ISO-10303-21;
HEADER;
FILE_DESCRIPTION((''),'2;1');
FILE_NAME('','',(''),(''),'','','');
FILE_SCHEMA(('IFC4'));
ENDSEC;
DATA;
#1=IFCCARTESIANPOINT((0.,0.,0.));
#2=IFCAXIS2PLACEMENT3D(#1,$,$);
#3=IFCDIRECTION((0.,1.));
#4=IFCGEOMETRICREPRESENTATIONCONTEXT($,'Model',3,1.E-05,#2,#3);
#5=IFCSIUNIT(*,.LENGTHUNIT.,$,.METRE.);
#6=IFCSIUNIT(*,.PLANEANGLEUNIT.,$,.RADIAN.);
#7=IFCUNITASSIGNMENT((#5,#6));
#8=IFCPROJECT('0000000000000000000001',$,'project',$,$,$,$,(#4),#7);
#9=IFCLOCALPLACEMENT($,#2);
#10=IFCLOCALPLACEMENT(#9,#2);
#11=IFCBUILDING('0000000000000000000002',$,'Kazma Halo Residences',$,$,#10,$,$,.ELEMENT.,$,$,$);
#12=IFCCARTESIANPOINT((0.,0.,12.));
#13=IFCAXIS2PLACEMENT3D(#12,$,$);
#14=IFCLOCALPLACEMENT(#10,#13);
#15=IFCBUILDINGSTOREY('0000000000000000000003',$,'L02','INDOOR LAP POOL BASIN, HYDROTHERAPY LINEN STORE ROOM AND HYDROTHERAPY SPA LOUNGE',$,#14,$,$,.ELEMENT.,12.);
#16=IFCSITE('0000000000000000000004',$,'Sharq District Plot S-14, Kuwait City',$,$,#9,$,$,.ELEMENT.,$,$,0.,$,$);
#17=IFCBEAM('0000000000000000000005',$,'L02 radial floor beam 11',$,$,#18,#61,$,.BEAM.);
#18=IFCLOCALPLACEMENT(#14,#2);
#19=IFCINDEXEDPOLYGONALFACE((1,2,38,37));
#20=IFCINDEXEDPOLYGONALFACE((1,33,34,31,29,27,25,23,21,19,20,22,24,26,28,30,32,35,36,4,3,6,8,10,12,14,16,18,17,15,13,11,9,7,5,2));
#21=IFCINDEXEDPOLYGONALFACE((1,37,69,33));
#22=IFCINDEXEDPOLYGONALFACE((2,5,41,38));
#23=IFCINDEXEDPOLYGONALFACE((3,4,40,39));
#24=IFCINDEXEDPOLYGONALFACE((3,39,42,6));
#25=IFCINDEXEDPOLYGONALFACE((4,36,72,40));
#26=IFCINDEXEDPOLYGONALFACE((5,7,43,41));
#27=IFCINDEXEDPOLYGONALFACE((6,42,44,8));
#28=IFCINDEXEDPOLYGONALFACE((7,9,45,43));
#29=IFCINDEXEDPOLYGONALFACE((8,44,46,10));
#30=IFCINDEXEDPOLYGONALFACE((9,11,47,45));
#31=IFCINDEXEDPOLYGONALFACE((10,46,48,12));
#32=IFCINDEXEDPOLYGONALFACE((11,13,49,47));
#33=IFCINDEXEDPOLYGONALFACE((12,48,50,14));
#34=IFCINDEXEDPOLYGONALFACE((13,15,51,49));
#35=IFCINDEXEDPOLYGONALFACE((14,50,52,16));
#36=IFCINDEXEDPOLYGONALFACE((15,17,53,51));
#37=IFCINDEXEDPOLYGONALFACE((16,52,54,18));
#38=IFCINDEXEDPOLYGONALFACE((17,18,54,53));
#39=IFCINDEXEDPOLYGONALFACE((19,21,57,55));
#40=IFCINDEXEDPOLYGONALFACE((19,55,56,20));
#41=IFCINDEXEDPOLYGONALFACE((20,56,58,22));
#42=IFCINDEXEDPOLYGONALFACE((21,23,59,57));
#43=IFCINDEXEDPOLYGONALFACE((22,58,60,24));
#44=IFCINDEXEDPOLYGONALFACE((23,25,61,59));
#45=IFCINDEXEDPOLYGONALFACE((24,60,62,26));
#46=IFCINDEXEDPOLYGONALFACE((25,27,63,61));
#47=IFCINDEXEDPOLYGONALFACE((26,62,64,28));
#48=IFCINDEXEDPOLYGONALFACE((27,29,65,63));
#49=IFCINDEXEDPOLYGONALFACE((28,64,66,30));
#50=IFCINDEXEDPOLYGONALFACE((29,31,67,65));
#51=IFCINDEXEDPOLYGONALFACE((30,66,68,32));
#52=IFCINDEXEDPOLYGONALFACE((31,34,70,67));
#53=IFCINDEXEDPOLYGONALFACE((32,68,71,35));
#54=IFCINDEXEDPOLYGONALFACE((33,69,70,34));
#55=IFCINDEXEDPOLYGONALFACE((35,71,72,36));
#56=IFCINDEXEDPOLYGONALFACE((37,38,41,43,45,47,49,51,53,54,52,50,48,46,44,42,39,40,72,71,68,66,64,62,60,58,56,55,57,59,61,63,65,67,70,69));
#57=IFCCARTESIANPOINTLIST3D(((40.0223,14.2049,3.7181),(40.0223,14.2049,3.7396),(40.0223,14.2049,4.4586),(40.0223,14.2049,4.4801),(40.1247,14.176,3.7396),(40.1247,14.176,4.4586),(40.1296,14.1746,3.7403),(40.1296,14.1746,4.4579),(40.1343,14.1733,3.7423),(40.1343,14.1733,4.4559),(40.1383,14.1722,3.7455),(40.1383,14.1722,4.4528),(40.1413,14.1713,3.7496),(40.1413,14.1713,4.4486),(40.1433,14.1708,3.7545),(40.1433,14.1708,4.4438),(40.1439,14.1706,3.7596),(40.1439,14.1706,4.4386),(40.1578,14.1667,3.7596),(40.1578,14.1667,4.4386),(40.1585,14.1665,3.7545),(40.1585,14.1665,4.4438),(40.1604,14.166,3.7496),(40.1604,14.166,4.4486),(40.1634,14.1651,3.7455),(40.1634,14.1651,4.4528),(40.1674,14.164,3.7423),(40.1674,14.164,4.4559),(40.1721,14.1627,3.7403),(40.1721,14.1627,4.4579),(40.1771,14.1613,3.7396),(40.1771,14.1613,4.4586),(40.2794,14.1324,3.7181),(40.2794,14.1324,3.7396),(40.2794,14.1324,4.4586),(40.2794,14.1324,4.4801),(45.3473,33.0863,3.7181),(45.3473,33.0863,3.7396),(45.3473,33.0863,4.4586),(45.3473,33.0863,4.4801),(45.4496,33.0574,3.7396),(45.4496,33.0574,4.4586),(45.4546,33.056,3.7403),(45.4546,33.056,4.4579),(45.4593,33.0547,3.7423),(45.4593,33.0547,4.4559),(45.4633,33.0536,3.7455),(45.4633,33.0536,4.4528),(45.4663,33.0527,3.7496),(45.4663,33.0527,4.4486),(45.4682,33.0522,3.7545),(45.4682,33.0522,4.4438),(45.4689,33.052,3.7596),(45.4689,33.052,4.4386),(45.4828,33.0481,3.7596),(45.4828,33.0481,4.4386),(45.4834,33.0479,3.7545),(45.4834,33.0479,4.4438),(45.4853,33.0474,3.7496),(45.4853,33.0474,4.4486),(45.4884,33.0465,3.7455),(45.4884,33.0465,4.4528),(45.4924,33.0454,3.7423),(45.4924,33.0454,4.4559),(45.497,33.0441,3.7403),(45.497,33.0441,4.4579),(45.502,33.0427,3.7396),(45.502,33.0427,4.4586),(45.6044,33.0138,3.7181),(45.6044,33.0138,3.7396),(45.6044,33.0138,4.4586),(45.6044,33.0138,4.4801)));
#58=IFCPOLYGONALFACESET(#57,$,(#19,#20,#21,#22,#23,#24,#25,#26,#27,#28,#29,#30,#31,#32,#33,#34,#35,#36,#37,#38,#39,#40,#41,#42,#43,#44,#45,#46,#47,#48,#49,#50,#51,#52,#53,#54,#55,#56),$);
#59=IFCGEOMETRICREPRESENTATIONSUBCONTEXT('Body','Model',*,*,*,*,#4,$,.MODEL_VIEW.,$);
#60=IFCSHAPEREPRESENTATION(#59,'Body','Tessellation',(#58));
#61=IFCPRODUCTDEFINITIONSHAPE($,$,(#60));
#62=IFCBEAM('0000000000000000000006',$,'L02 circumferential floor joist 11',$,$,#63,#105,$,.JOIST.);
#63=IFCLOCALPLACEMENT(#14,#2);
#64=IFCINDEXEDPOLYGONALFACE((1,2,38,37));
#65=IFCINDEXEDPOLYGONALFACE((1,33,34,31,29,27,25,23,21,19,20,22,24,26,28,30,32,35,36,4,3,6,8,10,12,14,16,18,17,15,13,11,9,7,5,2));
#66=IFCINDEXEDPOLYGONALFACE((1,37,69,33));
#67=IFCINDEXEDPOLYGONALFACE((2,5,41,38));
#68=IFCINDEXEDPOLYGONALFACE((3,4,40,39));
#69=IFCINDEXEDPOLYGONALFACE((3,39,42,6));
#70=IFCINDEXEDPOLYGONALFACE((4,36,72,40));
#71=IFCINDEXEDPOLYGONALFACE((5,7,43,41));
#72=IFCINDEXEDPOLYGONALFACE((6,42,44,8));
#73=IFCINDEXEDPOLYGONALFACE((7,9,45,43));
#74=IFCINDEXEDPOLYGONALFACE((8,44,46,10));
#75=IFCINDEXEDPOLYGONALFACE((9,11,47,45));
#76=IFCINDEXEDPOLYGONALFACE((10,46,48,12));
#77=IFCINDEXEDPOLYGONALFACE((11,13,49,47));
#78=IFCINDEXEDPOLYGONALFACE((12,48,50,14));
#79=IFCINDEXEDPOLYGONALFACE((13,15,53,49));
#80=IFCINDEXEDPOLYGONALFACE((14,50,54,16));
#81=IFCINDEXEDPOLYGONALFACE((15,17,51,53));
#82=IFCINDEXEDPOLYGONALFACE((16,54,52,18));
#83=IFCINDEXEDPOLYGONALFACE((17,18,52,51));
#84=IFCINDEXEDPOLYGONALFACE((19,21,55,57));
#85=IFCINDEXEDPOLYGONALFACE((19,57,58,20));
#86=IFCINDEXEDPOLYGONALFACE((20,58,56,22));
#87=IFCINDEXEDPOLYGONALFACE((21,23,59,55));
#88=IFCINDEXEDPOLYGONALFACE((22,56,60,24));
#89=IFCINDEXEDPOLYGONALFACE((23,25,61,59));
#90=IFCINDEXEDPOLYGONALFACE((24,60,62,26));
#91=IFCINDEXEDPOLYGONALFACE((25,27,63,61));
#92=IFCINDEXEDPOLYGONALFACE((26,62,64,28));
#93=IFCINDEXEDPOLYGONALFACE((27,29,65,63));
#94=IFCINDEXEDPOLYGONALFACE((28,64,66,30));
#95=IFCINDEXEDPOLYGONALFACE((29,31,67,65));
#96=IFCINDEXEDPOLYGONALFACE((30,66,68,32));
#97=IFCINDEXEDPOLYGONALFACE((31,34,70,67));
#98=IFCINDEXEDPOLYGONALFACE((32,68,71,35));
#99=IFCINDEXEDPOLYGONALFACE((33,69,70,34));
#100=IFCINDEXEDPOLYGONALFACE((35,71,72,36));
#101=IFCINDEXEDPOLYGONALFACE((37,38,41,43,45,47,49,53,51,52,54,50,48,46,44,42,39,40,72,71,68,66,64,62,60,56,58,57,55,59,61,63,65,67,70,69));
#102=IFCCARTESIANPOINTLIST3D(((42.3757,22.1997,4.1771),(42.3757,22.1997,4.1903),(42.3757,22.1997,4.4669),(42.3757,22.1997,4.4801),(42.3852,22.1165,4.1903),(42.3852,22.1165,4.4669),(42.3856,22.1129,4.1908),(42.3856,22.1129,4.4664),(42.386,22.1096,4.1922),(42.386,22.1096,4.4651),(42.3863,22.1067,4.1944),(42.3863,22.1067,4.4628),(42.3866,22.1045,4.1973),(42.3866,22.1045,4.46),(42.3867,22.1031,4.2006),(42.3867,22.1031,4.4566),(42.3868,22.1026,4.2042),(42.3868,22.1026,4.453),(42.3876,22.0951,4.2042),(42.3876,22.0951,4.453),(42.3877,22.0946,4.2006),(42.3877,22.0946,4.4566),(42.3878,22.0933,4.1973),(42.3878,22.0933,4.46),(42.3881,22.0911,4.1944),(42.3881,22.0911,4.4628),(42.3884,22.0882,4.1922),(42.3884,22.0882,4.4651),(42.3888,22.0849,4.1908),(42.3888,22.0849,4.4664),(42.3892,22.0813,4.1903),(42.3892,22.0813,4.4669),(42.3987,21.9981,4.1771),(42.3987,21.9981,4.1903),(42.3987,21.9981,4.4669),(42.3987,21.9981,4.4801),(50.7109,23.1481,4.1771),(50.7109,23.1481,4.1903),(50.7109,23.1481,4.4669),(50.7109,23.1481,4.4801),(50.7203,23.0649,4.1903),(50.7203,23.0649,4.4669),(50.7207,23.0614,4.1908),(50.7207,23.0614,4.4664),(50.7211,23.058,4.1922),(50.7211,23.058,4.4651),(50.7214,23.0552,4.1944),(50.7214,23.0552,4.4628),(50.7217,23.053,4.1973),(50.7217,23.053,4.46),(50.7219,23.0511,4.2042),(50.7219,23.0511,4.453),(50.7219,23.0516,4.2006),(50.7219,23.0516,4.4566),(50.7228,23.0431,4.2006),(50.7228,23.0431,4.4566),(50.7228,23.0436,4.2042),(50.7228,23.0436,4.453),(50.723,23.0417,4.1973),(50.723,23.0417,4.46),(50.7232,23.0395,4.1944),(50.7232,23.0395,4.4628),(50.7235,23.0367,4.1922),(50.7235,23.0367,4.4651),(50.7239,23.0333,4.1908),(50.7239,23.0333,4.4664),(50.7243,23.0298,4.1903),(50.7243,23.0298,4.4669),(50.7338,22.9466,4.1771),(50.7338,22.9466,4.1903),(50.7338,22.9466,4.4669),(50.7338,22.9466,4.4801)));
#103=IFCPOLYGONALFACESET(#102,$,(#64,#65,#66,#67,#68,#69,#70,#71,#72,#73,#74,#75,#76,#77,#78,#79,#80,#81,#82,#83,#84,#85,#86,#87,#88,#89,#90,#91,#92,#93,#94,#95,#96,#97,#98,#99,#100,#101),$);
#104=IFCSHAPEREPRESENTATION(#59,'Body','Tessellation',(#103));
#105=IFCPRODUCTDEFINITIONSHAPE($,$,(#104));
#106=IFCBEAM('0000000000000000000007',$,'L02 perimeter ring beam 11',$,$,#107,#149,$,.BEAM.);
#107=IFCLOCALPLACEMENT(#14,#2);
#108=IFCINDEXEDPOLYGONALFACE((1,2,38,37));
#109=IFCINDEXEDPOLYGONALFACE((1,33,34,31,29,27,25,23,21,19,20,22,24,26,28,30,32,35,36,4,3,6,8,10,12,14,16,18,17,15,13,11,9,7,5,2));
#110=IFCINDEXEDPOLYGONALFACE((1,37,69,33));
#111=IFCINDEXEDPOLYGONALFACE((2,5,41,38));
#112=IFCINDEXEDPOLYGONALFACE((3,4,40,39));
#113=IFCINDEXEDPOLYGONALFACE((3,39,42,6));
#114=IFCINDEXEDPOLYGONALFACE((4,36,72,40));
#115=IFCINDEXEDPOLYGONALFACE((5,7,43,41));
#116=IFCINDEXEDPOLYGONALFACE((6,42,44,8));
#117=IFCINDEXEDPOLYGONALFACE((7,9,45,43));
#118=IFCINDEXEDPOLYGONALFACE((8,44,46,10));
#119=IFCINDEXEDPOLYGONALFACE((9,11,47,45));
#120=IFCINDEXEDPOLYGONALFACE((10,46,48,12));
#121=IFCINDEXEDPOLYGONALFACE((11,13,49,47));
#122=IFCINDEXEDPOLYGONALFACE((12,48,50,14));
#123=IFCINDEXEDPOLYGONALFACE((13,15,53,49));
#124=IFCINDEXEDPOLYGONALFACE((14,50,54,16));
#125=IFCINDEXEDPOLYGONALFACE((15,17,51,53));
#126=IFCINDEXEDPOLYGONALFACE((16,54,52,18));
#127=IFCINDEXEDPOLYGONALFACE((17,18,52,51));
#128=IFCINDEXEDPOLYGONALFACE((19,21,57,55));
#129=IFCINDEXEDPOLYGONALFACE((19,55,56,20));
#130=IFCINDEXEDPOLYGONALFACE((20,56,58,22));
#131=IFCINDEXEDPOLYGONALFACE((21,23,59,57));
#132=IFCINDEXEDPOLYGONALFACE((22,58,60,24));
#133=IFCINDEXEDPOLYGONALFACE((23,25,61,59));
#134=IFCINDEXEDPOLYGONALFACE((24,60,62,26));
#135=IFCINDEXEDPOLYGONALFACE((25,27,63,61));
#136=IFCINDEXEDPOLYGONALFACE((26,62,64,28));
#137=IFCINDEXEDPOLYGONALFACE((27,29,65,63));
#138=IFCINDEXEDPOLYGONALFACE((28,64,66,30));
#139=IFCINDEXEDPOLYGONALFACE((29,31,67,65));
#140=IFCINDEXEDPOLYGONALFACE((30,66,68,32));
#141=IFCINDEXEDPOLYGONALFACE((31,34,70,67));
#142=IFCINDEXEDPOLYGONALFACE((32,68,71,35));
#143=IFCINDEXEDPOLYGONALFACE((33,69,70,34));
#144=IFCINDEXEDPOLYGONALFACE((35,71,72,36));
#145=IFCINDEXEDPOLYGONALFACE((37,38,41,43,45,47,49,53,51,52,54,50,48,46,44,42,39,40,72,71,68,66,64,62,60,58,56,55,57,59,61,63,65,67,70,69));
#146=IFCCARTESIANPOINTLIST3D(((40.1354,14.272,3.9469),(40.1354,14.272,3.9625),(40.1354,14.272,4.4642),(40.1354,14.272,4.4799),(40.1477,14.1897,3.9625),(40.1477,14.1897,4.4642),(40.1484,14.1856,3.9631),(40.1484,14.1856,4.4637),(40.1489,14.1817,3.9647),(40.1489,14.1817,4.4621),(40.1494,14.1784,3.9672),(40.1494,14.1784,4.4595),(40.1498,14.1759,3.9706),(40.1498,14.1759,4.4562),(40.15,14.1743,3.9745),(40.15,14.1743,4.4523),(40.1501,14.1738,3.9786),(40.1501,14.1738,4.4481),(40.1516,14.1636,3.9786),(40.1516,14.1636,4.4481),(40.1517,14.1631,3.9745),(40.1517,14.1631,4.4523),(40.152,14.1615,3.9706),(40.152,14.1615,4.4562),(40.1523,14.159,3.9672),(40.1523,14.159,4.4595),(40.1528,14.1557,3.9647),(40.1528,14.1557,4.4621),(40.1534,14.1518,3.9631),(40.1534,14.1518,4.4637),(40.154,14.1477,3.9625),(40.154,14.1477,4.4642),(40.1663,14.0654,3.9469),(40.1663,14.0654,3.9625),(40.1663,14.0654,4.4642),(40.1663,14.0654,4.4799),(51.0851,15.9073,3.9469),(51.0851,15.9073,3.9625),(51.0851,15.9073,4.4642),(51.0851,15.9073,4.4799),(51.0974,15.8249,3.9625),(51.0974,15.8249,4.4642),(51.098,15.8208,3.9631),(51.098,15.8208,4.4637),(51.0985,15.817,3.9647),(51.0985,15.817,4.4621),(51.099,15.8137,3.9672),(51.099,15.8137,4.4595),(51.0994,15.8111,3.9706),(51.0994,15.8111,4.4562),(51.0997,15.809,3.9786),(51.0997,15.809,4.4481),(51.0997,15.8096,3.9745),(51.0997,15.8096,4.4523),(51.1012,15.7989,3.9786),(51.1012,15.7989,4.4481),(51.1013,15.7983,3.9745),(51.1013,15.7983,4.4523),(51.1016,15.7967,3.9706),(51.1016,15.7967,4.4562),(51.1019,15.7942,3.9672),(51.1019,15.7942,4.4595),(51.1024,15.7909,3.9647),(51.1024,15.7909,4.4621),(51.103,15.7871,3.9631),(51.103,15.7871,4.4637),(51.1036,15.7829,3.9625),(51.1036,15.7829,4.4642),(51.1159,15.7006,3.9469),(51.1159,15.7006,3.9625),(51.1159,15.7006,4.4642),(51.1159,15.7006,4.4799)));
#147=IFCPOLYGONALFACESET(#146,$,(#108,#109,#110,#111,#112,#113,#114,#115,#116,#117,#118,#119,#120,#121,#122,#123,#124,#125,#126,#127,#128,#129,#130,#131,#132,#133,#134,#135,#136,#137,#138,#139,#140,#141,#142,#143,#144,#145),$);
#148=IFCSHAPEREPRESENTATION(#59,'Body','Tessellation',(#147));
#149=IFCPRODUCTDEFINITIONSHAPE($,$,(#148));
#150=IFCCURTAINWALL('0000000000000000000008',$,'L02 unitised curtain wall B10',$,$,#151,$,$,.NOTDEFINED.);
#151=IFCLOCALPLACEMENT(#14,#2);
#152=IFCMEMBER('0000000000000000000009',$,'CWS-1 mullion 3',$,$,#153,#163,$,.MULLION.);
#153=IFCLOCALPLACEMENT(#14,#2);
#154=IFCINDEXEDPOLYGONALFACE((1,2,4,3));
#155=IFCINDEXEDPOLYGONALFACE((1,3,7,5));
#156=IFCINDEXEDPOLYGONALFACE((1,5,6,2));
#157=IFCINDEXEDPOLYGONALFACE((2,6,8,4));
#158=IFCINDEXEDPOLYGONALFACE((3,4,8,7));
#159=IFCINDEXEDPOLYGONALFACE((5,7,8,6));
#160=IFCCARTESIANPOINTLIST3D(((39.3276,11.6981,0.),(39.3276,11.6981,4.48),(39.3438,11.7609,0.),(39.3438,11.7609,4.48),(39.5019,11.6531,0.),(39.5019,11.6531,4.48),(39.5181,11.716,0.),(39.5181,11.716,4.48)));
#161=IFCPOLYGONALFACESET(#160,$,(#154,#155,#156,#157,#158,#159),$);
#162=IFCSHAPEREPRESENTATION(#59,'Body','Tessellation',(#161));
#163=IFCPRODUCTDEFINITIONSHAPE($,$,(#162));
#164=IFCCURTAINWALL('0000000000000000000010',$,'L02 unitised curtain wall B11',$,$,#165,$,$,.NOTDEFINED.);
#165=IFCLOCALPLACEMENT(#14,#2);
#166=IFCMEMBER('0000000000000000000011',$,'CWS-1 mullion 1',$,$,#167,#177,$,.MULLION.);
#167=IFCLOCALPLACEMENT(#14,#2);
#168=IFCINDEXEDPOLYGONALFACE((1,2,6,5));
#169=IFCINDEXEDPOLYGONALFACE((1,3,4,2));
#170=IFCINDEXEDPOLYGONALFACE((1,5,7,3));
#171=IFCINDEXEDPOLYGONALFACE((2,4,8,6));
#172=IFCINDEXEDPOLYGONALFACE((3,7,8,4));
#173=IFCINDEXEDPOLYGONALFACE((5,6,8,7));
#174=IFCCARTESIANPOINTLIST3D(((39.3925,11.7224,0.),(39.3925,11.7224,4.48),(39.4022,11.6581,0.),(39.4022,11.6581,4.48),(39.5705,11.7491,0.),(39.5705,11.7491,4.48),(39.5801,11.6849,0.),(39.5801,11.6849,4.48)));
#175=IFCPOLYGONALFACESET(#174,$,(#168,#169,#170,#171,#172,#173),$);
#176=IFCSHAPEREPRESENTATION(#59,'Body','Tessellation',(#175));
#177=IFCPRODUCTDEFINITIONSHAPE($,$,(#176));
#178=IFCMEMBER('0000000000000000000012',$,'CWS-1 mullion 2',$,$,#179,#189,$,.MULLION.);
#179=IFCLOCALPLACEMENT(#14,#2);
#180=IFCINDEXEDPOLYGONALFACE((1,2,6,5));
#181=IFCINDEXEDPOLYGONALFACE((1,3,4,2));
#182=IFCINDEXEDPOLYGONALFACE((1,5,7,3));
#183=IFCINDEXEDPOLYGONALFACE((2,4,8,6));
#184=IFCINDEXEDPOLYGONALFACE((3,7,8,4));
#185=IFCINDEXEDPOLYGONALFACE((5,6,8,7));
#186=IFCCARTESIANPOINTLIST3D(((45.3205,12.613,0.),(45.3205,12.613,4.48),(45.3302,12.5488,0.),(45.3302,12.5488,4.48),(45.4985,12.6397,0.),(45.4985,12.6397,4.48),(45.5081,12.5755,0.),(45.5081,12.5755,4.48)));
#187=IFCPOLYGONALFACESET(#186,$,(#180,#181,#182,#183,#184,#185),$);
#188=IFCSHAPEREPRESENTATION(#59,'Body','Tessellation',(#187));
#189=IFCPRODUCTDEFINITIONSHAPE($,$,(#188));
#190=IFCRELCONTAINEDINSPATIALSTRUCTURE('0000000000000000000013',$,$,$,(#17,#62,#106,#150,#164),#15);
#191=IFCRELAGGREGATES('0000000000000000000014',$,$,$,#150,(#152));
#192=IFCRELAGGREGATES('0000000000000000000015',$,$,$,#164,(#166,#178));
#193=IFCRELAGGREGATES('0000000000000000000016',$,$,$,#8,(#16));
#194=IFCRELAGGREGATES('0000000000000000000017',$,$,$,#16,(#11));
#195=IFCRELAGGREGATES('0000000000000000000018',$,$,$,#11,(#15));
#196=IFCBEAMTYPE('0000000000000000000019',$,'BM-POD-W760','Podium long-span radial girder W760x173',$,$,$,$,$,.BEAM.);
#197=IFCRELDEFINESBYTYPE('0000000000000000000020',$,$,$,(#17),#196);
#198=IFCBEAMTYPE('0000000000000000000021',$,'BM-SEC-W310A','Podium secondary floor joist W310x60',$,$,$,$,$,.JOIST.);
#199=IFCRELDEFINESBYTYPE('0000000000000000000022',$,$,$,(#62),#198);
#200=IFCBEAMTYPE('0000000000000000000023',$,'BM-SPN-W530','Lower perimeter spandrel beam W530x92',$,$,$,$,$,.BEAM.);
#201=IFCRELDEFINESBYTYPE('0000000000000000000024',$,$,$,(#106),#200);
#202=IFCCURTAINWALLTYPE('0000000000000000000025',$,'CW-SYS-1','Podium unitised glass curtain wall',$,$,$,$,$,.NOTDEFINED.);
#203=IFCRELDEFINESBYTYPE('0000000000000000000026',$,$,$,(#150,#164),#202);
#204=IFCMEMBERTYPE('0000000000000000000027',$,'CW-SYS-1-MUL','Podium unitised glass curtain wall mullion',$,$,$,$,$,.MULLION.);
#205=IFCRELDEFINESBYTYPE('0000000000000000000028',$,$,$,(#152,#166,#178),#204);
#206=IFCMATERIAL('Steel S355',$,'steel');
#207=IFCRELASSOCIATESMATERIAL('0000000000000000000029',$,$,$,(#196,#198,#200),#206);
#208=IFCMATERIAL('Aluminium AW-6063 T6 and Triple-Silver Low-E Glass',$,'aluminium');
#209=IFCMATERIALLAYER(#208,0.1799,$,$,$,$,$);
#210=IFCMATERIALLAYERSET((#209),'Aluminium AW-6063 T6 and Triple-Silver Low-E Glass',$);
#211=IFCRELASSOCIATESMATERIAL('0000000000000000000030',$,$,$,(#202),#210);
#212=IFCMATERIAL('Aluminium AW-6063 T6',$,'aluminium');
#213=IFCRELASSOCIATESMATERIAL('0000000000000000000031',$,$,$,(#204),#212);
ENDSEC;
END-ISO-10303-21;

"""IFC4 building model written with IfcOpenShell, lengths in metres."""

from ifc_helpers import new_model, si_unit, direction, frame, origin, origin_2d, place, context, subcontext, project, spatial, rectangle, i_section, extrude, material, layer, layer_set, material_profile, profile_set, type_object, element, aggregate, save


model = new_model("IFC4")

# Units and contexts
model_context = context("Model", 3, precision=1e-05, world=origin(), true_north=direction((0.0, 1.0)))
body_context = subcontext(model_context, "Body", "Model", "MODEL_VIEW")
ifc_project = project(units=[si_unit("LENGTHUNIT", "METRE"), si_unit("PLANEANGLEUNIT", "RADIAN")], contexts=[model_context])

# Site, building, storey
site_placement = place(None, origin())
site = spatial("IfcSite", under=ifc_project, at=site_placement, Name="Sharq District Plot S-14, Kuwait City", CompositionType="ELEMENT", RefElevation=0.0)
building_placement = place(site_placement, origin())
building = spatial("IfcBuilding", under=site, at=building_placement, Name="Kazma Halo Residences", CompositionType="ELEMENT")
storey_placement = place(building_placement, frame((0.0, 0.0, 12.0)))
storey = spatial("IfcBuildingStorey", under=building, at=storey_placement, Name="L02", Description="INDOOR LAP POOL BASIN, HYDROTHERAPY LINEN STORE ROOM AND HYDROTHERAPY SPA LOUNGE", CompositionType="ELEMENT", Elevation=12.0)

# Beams
ifc_material_1 = material(Name="Steel S355", Category="steel")
ifc_material_profile_1 = material_profile(ifc_material_1, i_section(OverallWidth=0.2671, OverallDepth=0.762, WebThickness=0.0144, FlangeThickness=0.0215, FilletRadius=0.02, at=origin_2d()), Name="W760x173")
ifc_profile_set_1 = profile_set([ifc_material_profile_1], Name="Steel S355")
beam_type_1 = type_object("IfcBeamType", Name="BM-POD-W760", Description="Podium long-span radial girder W760x173", PredefinedType="BEAM", material=ifc_profile_set_1)
beam_1_placement = place(storey_placement, frame((45.4758, 33.05, 4.0991), z_axis=(-0.271434, -0.962457, 0.0), x_axis=(0.962457, -0.271434, 0.0)))
element("IfcBeam", 1, at=beam_1_placement, inside=storey, type_object=beam_type_1, Name="L02 radial floor beam 11", PredefinedType="BEAM", context=body_context, shape_type="SweptSolid", body=[
    extrude(i_section(OverallWidth=0.2671, OverallDepth=0.762, WebThickness=0.0144, FlangeThickness=0.0215, FilletRadius=0.02, at=origin_2d()), origin(), (0.0, 0.0, 1.0), 19.6179),
])
ifc_material_profile_2 = material_profile(ifc_material_1, i_section(OverallWidth=0.2029, OverallDepth=0.303, WebThickness=0.0076, FlangeThickness=0.0132, FilletRadius=0.0139, at=origin_2d()), Name="W310x60")
ifc_profile_set_2 = profile_set([ifc_material_profile_2], Name="Steel S355")
beam_type_2 = type_object("IfcBeamType", Name="BM-SEC-W310A", Description="Podium secondary floor joist W310x60", PredefinedType="JOIST", material=ifc_profile_set_2)
beam_2_placement = place(storey_placement, frame((42.3872, 22.0989, 4.3286), z_axis=(0.993588, 0.113063, 0.0), x_axis=(-0.113063, 0.993588, 0.0)))
element("IfcBeam", 2, at=beam_2_placement, inside=storey, type_object=beam_type_2, Name="L02 circumferential floor joist 11", PredefinedType="JOIST", context=body_context, shape_type="SweptSolid", body=[
    extrude(i_section(OverallWidth=0.2029, OverallDepth=0.303, WebThickness=0.0076, FlangeThickness=0.0132, FilletRadius=0.0139, at=origin_2d()), origin(), (0.0, 0.0, 1.0), 8.3889),
])
ifc_material_profile_3 = material_profile(ifc_material_1, i_section(OverallWidth=0.209, OverallDepth=0.533, WebThickness=0.0103, FlangeThickness=0.0156, FilletRadius=0.0161, at=origin_2d()), Name="W530x92")
ifc_profile_set_3 = profile_set([ifc_material_profile_3], Name="Steel S355")
beam_type_3 = type_object("IfcBeamType", Name="BM-SPN-W530", Description="Lower perimeter spandrel beam W530x92", PredefinedType="BEAM", material=ifc_profile_set_3)
beam_3_placement = place(storey_placement, frame((40.1509, 14.1687, 4.2134), z_axis=(0.989032, 0.147704, 0.0), x_axis=(-0.147704, 0.989032, 0.0)))
element("IfcBeam", 3, at=beam_3_placement, inside=storey, type_object=beam_type_3, Name="L02 perimeter ring beam 11", PredefinedType="BEAM", context=body_context, shape_type="SweptSolid", body=[
    extrude(i_section(OverallWidth=0.209, OverallDepth=0.533, WebThickness=0.0103, FlangeThickness=0.0156, FilletRadius=0.0161, at=origin_2d()), origin(), (0.0, 0.0, 1.0), 11.071),
])

# Curtain wall, member
ifc_material_2 = material(Name="Aluminium AW-6063 T6 and Triple-Silver Low-E Glass", Category="aluminium")
ifc_layer_1 = layer(ifc_material_2, 0.1799)
ifc_layer_set_1 = layer_set([ifc_layer_1], Name="Aluminium AW-6063 T6 and Triple-Silver Low-E Glass")
curtain_wall_type = type_object("IfcCurtainWallType", Name="CW-SYS-1", Description="Podium unitised glass curtain wall", PredefinedType="NOTDEFINED", material=ifc_layer_set_1)
curtain_wall_1_placement = place(storey_placement, origin())
curtain_wall_1 = element("IfcCurtainWall", 4, at=curtain_wall_1_placement, inside=storey, type_object=curtain_wall_type, Name="L02 unitised curtain wall B10", PredefinedType="NOTDEFINED")
ifc_material_3 = material(Name="Aluminium AW-6063 T6", Category="aluminium")
ifc_material_profile_4 = material_profile(ifc_material_3, rectangle(XDim=0.0649, YDim=0.1799, at=origin_2d()), Name="CWM-65x180")
ifc_profile_set_4 = profile_set([ifc_material_profile_4], Name="Aluminium AW-6063 T6")
member_type_1 = type_object("IfcMemberType", Name="CW-SYS-1-MUL", Description="Podium unitised glass curtain wall mullion", PredefinedType="MULLION", material=ifc_profile_set_4)
member_1_placement = place(storey_placement, frame((39.4229, 11.707, 0.0), z_axis=(0.0, 0.0, 1.0), x_axis=(0.249727, 0.968316, 0.0)))
member_1 = element("IfcMember", 5, at=member_1_placement, type_object=member_type_1, Name="CWS-1 mullion 3", PredefinedType="MULLION", context=body_context, shape_type="SweptSolid", body=[
    extrude(rectangle(XDim=0.0649, YDim=0.1799, at=origin_2d()), origin(), (0.0, 0.0, 1.0), 4.48),
])
aggregate(curtain_wall_1, [member_1])

# Curtain wall, members
curtain_wall_2_placement = place(storey_placement, origin())
curtain_wall_2 = element("IfcCurtainWall", 6, at=curtain_wall_2_placement, inside=storey, type_object=curtain_wall_type, Name="L02 unitised curtain wall B11", PredefinedType="NOTDEFINED")
member_2_placement = place(storey_placement, frame((39.4863, 11.7036, 0.0), z_axis=(0.0, 0.0, 1.0), x_axis=(-0.148549, 0.988905, 0.0)))
member_2 = element("IfcMember", 7, at=member_2_placement, type_object=member_type_1, Name="CWS-1 mullion 1", PredefinedType="MULLION", context=body_context, shape_type="SweptSolid", body=[
    extrude(rectangle(XDim=0.0649, YDim=0.1799, at=origin_2d()), origin(), (0.0, 0.0, 1.0), 4.48),
])
member_3_placement = place(storey_placement, frame((45.4143, 12.5942, 0.0), z_axis=(0.0, 0.0, 1.0), x_axis=(-0.148549, 0.988905, 0.0)))
member_3 = element("IfcMember", 8, at=member_3_placement, type_object=member_type_1, Name="CWS-1 mullion 2", PredefinedType="MULLION", context=body_context, shape_type="SweptSolid", body=[
    extrude(rectangle(XDim=0.0649, YDim=0.1799, at=origin_2d()), origin(), (0.0, 0.0, 1.0), 4.48),
])
aggregate(curtain_wall_2, [member_2, member_3])

save(model, "model.ifc")
